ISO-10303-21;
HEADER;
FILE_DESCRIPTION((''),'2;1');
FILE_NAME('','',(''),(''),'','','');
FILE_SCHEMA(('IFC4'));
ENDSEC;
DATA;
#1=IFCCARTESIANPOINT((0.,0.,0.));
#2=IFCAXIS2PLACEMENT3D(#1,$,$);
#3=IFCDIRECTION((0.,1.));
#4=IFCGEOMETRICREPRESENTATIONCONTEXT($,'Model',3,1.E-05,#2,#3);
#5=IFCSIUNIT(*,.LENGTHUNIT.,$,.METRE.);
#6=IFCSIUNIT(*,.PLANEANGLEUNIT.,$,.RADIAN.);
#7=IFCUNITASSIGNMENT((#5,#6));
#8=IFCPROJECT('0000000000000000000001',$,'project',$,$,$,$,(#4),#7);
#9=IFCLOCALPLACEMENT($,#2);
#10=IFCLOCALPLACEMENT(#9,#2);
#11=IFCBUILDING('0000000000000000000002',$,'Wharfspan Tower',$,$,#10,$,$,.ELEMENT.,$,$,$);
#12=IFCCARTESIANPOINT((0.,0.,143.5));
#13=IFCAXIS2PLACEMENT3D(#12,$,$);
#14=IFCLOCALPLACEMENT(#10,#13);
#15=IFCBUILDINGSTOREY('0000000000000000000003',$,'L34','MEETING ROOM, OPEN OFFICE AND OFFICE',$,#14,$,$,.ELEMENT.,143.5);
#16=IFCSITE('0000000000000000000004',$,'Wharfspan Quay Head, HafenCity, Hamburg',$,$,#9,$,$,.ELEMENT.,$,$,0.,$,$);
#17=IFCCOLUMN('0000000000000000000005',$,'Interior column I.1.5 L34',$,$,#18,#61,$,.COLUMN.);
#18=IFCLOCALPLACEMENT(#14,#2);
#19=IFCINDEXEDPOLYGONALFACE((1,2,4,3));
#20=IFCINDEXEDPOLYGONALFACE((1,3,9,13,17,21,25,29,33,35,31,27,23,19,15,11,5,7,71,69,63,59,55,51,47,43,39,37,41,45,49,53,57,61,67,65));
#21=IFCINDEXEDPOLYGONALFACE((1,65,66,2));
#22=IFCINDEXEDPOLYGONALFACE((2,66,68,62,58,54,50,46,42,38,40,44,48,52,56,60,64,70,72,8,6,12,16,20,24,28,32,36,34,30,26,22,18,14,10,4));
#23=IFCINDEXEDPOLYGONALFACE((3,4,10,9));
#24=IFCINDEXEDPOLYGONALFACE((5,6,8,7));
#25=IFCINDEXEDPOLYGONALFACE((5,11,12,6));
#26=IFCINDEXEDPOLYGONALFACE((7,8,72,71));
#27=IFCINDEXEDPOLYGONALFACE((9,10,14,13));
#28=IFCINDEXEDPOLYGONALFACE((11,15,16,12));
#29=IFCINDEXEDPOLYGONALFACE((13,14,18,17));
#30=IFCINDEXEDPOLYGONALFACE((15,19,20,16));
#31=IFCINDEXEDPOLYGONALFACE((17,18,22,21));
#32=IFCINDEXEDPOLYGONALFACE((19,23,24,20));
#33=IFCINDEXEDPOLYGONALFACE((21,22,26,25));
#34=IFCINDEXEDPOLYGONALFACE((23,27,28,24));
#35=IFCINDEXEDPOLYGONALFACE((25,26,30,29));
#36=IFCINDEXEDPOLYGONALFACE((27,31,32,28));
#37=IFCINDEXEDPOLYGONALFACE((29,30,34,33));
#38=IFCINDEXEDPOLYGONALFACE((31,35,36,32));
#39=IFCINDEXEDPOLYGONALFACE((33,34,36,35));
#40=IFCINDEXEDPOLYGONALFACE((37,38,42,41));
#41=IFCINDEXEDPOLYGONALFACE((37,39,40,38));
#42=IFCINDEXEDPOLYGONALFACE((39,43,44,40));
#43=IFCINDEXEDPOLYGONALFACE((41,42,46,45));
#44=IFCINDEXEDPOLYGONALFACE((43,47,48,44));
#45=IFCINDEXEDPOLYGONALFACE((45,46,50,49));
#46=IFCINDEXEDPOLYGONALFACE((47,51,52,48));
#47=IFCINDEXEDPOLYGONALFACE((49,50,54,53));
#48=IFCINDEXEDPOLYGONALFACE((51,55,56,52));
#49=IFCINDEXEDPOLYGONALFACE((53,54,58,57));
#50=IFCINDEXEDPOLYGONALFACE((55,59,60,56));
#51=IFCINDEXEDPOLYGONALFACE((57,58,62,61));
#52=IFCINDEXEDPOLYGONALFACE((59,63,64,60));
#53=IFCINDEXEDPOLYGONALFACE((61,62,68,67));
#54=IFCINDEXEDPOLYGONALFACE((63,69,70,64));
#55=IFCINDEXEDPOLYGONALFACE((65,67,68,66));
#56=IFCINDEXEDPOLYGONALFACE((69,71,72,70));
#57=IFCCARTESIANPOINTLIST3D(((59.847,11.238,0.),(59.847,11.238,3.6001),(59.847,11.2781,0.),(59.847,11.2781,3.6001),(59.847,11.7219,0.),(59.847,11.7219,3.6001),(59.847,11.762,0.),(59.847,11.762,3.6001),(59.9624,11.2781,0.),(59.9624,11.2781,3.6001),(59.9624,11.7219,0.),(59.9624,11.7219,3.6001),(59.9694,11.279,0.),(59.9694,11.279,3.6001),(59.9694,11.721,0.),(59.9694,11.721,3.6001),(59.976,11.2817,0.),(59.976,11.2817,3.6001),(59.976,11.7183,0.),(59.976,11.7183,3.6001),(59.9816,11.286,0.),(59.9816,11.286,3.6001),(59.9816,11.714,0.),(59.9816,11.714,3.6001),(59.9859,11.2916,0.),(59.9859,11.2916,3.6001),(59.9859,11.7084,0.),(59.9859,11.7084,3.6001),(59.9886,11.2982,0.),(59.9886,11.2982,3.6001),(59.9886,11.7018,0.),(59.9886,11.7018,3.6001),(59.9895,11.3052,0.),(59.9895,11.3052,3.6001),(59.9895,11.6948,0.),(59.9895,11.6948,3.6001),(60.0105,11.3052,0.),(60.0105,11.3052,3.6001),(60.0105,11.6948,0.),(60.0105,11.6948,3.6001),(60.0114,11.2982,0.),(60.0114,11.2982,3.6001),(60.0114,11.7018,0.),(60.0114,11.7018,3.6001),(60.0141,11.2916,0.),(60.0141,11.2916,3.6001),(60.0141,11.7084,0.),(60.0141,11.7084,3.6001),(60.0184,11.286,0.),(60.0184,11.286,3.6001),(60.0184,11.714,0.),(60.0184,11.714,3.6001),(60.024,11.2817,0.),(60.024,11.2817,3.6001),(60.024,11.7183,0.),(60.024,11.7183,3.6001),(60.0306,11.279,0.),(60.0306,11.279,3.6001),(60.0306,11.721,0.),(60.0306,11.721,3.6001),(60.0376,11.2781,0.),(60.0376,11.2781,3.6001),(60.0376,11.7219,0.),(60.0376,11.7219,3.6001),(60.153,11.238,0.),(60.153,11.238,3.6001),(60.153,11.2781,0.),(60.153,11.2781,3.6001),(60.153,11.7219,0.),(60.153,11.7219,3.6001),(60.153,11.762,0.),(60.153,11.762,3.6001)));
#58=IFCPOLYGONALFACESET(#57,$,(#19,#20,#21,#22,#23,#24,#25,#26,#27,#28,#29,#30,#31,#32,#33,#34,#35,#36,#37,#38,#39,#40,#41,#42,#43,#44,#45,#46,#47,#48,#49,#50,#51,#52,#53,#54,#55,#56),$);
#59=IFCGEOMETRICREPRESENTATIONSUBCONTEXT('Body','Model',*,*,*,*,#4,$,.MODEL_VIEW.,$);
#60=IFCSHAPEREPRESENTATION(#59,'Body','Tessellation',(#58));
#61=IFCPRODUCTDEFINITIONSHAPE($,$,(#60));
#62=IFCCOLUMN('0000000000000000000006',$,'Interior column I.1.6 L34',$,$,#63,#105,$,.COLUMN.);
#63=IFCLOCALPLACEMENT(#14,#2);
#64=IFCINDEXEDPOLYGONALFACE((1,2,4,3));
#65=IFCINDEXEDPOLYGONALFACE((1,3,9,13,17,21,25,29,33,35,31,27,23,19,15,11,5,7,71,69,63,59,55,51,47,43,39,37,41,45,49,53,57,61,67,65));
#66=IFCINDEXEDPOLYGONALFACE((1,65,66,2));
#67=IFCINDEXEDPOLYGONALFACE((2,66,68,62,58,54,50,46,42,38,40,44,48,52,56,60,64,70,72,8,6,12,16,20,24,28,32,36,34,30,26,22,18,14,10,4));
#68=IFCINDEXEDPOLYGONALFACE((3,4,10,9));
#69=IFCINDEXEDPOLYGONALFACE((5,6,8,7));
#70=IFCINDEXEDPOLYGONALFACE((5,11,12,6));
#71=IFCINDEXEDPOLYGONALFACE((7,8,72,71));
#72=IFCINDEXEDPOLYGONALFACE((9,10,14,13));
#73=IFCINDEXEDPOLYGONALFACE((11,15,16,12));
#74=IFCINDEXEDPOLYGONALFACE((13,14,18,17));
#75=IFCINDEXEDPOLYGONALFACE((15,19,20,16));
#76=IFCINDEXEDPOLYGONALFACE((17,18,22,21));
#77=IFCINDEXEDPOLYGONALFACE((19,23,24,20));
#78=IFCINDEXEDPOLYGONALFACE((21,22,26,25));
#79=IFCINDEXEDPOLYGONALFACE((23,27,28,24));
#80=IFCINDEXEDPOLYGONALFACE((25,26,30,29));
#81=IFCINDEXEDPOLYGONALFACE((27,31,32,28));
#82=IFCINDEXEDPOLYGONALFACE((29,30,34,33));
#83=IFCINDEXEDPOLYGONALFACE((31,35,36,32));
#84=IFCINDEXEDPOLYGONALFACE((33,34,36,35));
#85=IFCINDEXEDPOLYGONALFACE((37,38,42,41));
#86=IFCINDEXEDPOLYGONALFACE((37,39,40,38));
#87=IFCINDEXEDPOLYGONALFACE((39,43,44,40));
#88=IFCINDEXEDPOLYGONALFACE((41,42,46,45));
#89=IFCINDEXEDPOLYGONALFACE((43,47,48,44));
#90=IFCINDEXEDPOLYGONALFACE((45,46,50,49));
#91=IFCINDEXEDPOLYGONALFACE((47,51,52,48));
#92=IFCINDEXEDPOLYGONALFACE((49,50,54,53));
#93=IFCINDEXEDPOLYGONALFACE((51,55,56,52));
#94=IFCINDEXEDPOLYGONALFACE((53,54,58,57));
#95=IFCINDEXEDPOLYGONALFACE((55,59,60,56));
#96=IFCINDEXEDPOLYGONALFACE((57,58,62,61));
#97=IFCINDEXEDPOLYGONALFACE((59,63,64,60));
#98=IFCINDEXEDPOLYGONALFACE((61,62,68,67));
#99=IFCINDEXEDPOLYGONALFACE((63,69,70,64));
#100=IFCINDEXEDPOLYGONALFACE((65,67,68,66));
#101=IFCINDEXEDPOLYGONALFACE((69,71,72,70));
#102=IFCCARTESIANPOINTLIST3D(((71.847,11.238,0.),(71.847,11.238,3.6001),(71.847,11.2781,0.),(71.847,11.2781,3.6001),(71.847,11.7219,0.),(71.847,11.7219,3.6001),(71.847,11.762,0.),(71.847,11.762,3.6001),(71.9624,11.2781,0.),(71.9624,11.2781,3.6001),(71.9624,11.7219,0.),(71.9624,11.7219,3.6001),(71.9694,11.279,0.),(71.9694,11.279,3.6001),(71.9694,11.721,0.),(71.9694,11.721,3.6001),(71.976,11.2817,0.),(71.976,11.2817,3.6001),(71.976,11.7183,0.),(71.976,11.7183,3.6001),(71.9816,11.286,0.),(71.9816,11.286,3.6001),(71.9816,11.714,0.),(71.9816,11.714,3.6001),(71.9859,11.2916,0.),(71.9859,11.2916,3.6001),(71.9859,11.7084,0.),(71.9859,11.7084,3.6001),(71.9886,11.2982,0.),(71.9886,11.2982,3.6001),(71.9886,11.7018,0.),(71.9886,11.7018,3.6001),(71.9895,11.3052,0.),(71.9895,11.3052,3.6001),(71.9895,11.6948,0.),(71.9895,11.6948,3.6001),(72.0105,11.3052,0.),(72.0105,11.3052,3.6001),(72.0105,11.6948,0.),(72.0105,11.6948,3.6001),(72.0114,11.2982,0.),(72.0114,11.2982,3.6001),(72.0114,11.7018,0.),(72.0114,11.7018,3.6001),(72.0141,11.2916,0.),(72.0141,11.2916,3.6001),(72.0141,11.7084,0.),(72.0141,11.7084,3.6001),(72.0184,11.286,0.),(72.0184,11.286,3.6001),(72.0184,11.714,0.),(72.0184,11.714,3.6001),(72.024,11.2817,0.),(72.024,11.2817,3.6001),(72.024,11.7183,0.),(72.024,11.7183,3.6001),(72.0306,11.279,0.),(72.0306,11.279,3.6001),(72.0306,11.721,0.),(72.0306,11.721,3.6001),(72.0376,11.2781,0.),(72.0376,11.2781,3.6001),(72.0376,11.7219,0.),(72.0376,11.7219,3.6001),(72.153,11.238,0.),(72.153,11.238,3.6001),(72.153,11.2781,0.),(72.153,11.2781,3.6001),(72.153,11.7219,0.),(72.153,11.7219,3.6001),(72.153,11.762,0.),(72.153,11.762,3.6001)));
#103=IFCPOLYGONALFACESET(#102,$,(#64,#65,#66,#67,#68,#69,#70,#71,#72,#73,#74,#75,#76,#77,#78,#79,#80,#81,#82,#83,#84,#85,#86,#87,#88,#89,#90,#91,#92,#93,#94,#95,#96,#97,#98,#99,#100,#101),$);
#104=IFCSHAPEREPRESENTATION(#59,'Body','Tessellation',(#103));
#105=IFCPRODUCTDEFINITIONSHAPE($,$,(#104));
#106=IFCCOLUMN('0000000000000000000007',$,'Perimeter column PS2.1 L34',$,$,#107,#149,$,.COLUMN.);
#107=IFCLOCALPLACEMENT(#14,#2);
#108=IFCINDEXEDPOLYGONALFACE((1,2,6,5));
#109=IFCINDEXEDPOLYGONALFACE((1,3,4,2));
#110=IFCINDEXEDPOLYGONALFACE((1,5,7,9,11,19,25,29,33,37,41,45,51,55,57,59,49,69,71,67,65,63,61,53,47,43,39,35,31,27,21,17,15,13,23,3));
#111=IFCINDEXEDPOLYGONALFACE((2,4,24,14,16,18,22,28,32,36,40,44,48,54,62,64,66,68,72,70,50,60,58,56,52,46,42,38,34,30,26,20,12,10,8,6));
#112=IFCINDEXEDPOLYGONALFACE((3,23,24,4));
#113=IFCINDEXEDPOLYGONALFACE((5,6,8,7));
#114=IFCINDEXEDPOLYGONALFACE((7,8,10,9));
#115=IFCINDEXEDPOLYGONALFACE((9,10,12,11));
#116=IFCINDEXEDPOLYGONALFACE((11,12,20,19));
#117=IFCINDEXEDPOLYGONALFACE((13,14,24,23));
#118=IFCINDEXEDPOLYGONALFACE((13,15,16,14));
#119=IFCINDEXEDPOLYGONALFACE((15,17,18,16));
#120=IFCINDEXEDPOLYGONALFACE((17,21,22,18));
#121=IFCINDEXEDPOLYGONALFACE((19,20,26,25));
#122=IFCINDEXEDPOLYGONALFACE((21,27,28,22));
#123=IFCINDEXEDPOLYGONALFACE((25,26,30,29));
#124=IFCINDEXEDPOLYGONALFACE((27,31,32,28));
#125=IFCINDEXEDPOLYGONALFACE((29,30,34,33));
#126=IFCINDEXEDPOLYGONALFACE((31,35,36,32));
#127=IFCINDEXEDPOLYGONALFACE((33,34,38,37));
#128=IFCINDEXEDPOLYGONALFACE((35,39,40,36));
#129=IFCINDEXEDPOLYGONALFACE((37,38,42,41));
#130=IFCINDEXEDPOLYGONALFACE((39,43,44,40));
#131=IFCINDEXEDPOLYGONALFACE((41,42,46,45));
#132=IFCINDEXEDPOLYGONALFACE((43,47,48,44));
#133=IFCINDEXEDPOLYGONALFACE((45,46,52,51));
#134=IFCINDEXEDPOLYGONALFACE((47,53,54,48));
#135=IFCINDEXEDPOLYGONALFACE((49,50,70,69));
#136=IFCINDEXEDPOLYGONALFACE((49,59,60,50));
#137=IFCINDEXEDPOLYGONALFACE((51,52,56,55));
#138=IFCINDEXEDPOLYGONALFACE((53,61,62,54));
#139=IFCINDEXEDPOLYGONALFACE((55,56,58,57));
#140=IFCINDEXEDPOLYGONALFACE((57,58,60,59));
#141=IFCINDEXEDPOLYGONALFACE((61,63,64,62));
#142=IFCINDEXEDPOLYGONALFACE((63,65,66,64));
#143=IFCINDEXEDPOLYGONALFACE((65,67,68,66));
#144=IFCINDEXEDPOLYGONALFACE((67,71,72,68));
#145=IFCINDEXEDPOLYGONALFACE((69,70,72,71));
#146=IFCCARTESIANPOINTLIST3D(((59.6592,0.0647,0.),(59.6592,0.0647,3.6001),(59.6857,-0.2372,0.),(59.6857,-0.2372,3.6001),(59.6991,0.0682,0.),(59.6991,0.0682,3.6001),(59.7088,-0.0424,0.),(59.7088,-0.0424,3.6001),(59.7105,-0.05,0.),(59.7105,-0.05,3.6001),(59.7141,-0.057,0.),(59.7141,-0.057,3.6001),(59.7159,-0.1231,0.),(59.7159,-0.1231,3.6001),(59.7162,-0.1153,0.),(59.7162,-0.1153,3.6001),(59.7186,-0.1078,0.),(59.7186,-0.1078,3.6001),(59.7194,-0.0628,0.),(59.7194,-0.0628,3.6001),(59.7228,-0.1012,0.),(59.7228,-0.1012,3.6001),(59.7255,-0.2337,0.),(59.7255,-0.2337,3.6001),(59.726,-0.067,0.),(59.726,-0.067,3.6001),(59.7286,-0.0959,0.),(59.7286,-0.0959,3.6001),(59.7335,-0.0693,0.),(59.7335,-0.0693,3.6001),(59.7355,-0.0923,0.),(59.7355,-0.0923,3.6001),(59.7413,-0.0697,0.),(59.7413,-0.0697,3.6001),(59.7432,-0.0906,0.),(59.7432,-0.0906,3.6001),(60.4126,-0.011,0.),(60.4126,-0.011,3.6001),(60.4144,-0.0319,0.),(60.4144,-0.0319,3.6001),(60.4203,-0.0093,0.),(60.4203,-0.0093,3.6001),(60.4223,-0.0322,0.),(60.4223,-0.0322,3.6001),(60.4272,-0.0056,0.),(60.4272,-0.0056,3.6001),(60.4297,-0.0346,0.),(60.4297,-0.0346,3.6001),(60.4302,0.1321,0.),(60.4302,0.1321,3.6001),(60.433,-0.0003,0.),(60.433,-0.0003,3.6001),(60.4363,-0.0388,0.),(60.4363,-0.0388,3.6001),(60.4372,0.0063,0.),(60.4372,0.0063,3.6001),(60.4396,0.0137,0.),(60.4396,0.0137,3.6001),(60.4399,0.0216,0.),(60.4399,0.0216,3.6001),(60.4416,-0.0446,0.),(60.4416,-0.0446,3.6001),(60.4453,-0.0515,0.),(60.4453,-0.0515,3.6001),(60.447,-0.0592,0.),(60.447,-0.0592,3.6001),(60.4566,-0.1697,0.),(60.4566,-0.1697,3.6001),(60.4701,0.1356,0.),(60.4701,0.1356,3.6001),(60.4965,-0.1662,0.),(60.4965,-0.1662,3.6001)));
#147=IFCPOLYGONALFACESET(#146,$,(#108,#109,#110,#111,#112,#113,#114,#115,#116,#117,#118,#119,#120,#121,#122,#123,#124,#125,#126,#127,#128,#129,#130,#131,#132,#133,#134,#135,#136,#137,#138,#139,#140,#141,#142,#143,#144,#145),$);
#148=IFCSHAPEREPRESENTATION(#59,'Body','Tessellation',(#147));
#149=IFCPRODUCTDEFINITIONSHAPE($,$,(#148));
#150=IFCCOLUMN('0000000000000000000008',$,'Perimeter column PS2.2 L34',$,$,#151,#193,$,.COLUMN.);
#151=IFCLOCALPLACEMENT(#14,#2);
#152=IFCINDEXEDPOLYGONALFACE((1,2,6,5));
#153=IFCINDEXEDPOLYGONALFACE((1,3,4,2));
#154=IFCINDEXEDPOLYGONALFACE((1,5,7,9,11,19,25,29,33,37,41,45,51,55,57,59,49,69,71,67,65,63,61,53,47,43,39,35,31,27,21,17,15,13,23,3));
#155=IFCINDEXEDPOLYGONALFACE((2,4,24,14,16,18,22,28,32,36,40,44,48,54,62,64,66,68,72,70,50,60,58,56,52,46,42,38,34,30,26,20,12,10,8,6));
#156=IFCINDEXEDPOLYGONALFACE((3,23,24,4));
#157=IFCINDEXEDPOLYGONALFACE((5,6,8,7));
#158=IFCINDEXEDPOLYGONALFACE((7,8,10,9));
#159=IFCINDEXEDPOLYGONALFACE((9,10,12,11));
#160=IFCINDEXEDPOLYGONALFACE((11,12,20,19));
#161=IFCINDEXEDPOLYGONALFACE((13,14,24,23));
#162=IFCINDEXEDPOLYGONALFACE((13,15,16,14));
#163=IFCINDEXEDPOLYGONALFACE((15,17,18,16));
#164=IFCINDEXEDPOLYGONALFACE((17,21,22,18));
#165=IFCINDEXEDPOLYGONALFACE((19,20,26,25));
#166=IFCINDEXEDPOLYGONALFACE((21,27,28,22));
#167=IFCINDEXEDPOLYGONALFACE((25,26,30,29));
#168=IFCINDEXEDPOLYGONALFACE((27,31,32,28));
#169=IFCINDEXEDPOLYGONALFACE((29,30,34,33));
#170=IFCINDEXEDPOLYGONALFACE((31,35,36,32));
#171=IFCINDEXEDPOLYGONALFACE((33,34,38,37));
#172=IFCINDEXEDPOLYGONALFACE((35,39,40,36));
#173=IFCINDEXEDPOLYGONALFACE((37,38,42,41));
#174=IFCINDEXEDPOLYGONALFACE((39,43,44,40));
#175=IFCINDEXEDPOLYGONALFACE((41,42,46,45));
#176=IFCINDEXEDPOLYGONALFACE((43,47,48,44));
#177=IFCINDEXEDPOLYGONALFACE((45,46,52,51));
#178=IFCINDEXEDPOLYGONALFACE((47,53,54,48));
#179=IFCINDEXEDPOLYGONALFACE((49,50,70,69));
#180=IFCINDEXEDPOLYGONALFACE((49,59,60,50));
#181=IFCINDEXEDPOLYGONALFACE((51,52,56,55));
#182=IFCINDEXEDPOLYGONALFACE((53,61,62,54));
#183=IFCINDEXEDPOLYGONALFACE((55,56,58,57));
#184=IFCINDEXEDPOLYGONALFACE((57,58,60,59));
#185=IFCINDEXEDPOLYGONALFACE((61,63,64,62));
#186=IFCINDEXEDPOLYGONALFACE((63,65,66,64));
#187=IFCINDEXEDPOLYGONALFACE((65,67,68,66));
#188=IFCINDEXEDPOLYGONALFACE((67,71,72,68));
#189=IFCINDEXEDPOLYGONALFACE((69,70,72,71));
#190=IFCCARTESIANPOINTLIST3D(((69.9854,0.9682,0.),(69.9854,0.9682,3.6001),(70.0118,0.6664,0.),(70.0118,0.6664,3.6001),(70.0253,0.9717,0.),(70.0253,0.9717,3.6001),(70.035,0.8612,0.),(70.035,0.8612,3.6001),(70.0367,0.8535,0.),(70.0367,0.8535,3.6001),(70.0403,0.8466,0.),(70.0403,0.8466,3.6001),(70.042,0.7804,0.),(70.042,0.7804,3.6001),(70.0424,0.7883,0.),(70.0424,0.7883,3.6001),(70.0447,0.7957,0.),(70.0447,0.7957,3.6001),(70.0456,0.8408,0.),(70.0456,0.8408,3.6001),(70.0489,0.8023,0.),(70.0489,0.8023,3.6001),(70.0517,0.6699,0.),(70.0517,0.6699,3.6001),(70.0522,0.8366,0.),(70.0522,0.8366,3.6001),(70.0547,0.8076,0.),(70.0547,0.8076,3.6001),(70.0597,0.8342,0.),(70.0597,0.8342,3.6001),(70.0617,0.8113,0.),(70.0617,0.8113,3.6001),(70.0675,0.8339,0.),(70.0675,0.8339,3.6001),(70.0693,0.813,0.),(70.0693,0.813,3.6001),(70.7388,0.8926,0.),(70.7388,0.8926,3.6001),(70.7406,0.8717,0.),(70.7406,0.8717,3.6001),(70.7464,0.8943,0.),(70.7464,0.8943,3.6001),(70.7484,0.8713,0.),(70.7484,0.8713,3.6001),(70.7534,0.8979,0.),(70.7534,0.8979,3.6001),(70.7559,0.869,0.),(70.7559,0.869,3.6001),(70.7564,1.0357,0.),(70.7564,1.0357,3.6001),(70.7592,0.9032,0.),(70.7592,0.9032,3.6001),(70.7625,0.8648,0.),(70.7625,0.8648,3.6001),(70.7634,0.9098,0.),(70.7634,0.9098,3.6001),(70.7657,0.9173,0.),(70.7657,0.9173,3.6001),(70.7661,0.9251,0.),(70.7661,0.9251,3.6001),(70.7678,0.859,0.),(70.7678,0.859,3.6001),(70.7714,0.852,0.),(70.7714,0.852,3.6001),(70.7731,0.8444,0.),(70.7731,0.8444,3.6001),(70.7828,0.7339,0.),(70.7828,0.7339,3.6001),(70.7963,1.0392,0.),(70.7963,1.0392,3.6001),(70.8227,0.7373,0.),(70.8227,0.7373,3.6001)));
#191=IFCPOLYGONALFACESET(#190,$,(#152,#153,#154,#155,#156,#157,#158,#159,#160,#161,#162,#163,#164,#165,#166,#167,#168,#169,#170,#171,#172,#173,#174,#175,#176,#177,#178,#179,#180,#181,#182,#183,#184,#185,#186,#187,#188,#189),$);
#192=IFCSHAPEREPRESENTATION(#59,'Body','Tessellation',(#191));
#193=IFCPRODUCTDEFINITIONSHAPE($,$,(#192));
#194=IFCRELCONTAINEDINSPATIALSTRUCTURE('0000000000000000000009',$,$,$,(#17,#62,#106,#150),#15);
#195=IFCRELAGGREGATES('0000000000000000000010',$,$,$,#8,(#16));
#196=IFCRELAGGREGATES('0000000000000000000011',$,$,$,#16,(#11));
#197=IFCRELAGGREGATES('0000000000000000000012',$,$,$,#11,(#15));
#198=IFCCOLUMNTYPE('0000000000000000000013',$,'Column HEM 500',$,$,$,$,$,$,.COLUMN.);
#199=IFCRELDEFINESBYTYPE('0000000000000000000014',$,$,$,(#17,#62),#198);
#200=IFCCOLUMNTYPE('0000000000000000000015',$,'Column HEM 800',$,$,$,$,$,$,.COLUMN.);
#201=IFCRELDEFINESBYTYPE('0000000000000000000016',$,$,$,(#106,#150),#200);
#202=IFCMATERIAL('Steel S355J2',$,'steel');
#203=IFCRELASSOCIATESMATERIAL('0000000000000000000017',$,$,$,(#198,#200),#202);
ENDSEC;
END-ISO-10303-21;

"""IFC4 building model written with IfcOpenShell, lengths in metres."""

from ifc_helpers import new_model, si_unit, direction, frame, origin, origin_2d, place, context, subcontext, project, spatial, i_section, extrude, material, material_profile, profile_set, type_object, element, save


model = new_model("IFC4")

# Units and contexts
model_context = context("Model", 3, precision=1e-05, world=origin(), true_north=direction((0.0, 1.0)))
body_context = subcontext(model_context, "Body", "Model", "MODEL_VIEW")
ifc_project = project(units=[si_unit("LENGTHUNIT", "METRE"), si_unit("PLANEANGLEUNIT", "RADIAN")], contexts=[model_context])

# Site, building, storey
site_placement = place(None, origin())
site = spatial("IfcSite", under=ifc_project, at=site_placement, Name="Wharfspan Quay Head, HafenCity, Hamburg", CompositionType="ELEMENT", RefElevation=0.0)
building_placement = place(site_placement, origin())
building = spatial("IfcBuilding", under=site, at=building_placement, Name="Wharfspan Tower", CompositionType="ELEMENT")
storey_placement = place(building_placement, frame((0.0, 0.0, 143.5)))
storey = spatial("IfcBuildingStorey", under=building, at=storey_placement, Name="L34", Description="MEETING ROOM, OPEN OFFICE AND OFFICE", CompositionType="ELEMENT", Elevation=143.5)

# Columns
ifc_material_1 = material(Name="Steel S355J2", Category="steel")
ifc_material_profile_1 = material_profile(ifc_material_1, i_section(OverallWidth=0.3059, OverallDepth=0.5239, WebThickness=0.021, FlangeThickness=0.04, FilletRadius=0.0271, at=origin_2d()))
ifc_profile_set_1 = profile_set([ifc_material_profile_1], Name="Steel S355J2")
column_type_1 = type_object("IfcColumnType", Name="Column HEM 500", PredefinedType="COLUMN", material=ifc_profile_set_1)
for number, where, z_axis, x_axis, name in (
    (1, (60.0, 11.5, 0.0), (0.0, 0.0, 1.0), (1.0, 0.0, 0.0), "Interior column I.1.5 L34"),
    (2, (72.0, 11.5, 0.0), (0.0, 0.0, 1.0), (1.0, 0.0, 0.0), "Interior column I.1.6 L34"),
):
    element("IfcColumn", number, at=place(storey_placement, frame(where, z_axis=z_axis, x_axis=x_axis)), inside=storey, type_object=column_type_1, Name=name, PredefinedType="COLUMN", context=body_context, shape_type="SweptSolid", body=[
        extrude(i_section(OverallWidth=0.3059, OverallDepth=0.5239, WebThickness=0.021, FlangeThickness=0.04, FilletRadius=0.0271, at=origin_2d()), origin(), (0.0, 0.0, 1.0), 3.6001),
    ])
ifc_material_profile_2 = material_profile(ifc_material_1, i_section(OverallWidth=0.303, OverallDepth=0.814, WebThickness=0.021, FlangeThickness=0.04, FilletRadius=0.03, at=origin_2d()))
ifc_profile_set_2 = profile_set([ifc_material_profile_2], Name="Steel S355J2")
column_type_2 = type_object("IfcColumnType", Name="Column HEM 800", PredefinedType="COLUMN", material=ifc_profile_set_2)
for number, where, z_axis, x_axis, name in (
    (3, (60.0779, -0.0508, 0.0), (0.0, 0.0, 1.0), (0.087156, -0.996198, 0.0), "Perimeter column PS2.1 L34"),
    (4, (70.4041, 0.8528, 0.0), (0.0, 0.0, 1.0), (0.087156, -0.996198, 0.0), "Perimeter column PS2.2 L34"),
):
    element("IfcColumn", number, at=place(storey_placement, frame(where, z_axis=z_axis, x_axis=x_axis)), inside=storey, type_object=column_type_2, Name=name, PredefinedType="COLUMN", context=body_context, shape_type="SweptSolid", body=[
        extrude(i_section(OverallWidth=0.303, OverallDepth=0.814, WebThickness=0.021, FlangeThickness=0.04, FilletRadius=0.03, at=origin_2d()), origin(), (0.0, 0.0, 1.0), 3.6001),
    ])

save(model, "model.ifc")
